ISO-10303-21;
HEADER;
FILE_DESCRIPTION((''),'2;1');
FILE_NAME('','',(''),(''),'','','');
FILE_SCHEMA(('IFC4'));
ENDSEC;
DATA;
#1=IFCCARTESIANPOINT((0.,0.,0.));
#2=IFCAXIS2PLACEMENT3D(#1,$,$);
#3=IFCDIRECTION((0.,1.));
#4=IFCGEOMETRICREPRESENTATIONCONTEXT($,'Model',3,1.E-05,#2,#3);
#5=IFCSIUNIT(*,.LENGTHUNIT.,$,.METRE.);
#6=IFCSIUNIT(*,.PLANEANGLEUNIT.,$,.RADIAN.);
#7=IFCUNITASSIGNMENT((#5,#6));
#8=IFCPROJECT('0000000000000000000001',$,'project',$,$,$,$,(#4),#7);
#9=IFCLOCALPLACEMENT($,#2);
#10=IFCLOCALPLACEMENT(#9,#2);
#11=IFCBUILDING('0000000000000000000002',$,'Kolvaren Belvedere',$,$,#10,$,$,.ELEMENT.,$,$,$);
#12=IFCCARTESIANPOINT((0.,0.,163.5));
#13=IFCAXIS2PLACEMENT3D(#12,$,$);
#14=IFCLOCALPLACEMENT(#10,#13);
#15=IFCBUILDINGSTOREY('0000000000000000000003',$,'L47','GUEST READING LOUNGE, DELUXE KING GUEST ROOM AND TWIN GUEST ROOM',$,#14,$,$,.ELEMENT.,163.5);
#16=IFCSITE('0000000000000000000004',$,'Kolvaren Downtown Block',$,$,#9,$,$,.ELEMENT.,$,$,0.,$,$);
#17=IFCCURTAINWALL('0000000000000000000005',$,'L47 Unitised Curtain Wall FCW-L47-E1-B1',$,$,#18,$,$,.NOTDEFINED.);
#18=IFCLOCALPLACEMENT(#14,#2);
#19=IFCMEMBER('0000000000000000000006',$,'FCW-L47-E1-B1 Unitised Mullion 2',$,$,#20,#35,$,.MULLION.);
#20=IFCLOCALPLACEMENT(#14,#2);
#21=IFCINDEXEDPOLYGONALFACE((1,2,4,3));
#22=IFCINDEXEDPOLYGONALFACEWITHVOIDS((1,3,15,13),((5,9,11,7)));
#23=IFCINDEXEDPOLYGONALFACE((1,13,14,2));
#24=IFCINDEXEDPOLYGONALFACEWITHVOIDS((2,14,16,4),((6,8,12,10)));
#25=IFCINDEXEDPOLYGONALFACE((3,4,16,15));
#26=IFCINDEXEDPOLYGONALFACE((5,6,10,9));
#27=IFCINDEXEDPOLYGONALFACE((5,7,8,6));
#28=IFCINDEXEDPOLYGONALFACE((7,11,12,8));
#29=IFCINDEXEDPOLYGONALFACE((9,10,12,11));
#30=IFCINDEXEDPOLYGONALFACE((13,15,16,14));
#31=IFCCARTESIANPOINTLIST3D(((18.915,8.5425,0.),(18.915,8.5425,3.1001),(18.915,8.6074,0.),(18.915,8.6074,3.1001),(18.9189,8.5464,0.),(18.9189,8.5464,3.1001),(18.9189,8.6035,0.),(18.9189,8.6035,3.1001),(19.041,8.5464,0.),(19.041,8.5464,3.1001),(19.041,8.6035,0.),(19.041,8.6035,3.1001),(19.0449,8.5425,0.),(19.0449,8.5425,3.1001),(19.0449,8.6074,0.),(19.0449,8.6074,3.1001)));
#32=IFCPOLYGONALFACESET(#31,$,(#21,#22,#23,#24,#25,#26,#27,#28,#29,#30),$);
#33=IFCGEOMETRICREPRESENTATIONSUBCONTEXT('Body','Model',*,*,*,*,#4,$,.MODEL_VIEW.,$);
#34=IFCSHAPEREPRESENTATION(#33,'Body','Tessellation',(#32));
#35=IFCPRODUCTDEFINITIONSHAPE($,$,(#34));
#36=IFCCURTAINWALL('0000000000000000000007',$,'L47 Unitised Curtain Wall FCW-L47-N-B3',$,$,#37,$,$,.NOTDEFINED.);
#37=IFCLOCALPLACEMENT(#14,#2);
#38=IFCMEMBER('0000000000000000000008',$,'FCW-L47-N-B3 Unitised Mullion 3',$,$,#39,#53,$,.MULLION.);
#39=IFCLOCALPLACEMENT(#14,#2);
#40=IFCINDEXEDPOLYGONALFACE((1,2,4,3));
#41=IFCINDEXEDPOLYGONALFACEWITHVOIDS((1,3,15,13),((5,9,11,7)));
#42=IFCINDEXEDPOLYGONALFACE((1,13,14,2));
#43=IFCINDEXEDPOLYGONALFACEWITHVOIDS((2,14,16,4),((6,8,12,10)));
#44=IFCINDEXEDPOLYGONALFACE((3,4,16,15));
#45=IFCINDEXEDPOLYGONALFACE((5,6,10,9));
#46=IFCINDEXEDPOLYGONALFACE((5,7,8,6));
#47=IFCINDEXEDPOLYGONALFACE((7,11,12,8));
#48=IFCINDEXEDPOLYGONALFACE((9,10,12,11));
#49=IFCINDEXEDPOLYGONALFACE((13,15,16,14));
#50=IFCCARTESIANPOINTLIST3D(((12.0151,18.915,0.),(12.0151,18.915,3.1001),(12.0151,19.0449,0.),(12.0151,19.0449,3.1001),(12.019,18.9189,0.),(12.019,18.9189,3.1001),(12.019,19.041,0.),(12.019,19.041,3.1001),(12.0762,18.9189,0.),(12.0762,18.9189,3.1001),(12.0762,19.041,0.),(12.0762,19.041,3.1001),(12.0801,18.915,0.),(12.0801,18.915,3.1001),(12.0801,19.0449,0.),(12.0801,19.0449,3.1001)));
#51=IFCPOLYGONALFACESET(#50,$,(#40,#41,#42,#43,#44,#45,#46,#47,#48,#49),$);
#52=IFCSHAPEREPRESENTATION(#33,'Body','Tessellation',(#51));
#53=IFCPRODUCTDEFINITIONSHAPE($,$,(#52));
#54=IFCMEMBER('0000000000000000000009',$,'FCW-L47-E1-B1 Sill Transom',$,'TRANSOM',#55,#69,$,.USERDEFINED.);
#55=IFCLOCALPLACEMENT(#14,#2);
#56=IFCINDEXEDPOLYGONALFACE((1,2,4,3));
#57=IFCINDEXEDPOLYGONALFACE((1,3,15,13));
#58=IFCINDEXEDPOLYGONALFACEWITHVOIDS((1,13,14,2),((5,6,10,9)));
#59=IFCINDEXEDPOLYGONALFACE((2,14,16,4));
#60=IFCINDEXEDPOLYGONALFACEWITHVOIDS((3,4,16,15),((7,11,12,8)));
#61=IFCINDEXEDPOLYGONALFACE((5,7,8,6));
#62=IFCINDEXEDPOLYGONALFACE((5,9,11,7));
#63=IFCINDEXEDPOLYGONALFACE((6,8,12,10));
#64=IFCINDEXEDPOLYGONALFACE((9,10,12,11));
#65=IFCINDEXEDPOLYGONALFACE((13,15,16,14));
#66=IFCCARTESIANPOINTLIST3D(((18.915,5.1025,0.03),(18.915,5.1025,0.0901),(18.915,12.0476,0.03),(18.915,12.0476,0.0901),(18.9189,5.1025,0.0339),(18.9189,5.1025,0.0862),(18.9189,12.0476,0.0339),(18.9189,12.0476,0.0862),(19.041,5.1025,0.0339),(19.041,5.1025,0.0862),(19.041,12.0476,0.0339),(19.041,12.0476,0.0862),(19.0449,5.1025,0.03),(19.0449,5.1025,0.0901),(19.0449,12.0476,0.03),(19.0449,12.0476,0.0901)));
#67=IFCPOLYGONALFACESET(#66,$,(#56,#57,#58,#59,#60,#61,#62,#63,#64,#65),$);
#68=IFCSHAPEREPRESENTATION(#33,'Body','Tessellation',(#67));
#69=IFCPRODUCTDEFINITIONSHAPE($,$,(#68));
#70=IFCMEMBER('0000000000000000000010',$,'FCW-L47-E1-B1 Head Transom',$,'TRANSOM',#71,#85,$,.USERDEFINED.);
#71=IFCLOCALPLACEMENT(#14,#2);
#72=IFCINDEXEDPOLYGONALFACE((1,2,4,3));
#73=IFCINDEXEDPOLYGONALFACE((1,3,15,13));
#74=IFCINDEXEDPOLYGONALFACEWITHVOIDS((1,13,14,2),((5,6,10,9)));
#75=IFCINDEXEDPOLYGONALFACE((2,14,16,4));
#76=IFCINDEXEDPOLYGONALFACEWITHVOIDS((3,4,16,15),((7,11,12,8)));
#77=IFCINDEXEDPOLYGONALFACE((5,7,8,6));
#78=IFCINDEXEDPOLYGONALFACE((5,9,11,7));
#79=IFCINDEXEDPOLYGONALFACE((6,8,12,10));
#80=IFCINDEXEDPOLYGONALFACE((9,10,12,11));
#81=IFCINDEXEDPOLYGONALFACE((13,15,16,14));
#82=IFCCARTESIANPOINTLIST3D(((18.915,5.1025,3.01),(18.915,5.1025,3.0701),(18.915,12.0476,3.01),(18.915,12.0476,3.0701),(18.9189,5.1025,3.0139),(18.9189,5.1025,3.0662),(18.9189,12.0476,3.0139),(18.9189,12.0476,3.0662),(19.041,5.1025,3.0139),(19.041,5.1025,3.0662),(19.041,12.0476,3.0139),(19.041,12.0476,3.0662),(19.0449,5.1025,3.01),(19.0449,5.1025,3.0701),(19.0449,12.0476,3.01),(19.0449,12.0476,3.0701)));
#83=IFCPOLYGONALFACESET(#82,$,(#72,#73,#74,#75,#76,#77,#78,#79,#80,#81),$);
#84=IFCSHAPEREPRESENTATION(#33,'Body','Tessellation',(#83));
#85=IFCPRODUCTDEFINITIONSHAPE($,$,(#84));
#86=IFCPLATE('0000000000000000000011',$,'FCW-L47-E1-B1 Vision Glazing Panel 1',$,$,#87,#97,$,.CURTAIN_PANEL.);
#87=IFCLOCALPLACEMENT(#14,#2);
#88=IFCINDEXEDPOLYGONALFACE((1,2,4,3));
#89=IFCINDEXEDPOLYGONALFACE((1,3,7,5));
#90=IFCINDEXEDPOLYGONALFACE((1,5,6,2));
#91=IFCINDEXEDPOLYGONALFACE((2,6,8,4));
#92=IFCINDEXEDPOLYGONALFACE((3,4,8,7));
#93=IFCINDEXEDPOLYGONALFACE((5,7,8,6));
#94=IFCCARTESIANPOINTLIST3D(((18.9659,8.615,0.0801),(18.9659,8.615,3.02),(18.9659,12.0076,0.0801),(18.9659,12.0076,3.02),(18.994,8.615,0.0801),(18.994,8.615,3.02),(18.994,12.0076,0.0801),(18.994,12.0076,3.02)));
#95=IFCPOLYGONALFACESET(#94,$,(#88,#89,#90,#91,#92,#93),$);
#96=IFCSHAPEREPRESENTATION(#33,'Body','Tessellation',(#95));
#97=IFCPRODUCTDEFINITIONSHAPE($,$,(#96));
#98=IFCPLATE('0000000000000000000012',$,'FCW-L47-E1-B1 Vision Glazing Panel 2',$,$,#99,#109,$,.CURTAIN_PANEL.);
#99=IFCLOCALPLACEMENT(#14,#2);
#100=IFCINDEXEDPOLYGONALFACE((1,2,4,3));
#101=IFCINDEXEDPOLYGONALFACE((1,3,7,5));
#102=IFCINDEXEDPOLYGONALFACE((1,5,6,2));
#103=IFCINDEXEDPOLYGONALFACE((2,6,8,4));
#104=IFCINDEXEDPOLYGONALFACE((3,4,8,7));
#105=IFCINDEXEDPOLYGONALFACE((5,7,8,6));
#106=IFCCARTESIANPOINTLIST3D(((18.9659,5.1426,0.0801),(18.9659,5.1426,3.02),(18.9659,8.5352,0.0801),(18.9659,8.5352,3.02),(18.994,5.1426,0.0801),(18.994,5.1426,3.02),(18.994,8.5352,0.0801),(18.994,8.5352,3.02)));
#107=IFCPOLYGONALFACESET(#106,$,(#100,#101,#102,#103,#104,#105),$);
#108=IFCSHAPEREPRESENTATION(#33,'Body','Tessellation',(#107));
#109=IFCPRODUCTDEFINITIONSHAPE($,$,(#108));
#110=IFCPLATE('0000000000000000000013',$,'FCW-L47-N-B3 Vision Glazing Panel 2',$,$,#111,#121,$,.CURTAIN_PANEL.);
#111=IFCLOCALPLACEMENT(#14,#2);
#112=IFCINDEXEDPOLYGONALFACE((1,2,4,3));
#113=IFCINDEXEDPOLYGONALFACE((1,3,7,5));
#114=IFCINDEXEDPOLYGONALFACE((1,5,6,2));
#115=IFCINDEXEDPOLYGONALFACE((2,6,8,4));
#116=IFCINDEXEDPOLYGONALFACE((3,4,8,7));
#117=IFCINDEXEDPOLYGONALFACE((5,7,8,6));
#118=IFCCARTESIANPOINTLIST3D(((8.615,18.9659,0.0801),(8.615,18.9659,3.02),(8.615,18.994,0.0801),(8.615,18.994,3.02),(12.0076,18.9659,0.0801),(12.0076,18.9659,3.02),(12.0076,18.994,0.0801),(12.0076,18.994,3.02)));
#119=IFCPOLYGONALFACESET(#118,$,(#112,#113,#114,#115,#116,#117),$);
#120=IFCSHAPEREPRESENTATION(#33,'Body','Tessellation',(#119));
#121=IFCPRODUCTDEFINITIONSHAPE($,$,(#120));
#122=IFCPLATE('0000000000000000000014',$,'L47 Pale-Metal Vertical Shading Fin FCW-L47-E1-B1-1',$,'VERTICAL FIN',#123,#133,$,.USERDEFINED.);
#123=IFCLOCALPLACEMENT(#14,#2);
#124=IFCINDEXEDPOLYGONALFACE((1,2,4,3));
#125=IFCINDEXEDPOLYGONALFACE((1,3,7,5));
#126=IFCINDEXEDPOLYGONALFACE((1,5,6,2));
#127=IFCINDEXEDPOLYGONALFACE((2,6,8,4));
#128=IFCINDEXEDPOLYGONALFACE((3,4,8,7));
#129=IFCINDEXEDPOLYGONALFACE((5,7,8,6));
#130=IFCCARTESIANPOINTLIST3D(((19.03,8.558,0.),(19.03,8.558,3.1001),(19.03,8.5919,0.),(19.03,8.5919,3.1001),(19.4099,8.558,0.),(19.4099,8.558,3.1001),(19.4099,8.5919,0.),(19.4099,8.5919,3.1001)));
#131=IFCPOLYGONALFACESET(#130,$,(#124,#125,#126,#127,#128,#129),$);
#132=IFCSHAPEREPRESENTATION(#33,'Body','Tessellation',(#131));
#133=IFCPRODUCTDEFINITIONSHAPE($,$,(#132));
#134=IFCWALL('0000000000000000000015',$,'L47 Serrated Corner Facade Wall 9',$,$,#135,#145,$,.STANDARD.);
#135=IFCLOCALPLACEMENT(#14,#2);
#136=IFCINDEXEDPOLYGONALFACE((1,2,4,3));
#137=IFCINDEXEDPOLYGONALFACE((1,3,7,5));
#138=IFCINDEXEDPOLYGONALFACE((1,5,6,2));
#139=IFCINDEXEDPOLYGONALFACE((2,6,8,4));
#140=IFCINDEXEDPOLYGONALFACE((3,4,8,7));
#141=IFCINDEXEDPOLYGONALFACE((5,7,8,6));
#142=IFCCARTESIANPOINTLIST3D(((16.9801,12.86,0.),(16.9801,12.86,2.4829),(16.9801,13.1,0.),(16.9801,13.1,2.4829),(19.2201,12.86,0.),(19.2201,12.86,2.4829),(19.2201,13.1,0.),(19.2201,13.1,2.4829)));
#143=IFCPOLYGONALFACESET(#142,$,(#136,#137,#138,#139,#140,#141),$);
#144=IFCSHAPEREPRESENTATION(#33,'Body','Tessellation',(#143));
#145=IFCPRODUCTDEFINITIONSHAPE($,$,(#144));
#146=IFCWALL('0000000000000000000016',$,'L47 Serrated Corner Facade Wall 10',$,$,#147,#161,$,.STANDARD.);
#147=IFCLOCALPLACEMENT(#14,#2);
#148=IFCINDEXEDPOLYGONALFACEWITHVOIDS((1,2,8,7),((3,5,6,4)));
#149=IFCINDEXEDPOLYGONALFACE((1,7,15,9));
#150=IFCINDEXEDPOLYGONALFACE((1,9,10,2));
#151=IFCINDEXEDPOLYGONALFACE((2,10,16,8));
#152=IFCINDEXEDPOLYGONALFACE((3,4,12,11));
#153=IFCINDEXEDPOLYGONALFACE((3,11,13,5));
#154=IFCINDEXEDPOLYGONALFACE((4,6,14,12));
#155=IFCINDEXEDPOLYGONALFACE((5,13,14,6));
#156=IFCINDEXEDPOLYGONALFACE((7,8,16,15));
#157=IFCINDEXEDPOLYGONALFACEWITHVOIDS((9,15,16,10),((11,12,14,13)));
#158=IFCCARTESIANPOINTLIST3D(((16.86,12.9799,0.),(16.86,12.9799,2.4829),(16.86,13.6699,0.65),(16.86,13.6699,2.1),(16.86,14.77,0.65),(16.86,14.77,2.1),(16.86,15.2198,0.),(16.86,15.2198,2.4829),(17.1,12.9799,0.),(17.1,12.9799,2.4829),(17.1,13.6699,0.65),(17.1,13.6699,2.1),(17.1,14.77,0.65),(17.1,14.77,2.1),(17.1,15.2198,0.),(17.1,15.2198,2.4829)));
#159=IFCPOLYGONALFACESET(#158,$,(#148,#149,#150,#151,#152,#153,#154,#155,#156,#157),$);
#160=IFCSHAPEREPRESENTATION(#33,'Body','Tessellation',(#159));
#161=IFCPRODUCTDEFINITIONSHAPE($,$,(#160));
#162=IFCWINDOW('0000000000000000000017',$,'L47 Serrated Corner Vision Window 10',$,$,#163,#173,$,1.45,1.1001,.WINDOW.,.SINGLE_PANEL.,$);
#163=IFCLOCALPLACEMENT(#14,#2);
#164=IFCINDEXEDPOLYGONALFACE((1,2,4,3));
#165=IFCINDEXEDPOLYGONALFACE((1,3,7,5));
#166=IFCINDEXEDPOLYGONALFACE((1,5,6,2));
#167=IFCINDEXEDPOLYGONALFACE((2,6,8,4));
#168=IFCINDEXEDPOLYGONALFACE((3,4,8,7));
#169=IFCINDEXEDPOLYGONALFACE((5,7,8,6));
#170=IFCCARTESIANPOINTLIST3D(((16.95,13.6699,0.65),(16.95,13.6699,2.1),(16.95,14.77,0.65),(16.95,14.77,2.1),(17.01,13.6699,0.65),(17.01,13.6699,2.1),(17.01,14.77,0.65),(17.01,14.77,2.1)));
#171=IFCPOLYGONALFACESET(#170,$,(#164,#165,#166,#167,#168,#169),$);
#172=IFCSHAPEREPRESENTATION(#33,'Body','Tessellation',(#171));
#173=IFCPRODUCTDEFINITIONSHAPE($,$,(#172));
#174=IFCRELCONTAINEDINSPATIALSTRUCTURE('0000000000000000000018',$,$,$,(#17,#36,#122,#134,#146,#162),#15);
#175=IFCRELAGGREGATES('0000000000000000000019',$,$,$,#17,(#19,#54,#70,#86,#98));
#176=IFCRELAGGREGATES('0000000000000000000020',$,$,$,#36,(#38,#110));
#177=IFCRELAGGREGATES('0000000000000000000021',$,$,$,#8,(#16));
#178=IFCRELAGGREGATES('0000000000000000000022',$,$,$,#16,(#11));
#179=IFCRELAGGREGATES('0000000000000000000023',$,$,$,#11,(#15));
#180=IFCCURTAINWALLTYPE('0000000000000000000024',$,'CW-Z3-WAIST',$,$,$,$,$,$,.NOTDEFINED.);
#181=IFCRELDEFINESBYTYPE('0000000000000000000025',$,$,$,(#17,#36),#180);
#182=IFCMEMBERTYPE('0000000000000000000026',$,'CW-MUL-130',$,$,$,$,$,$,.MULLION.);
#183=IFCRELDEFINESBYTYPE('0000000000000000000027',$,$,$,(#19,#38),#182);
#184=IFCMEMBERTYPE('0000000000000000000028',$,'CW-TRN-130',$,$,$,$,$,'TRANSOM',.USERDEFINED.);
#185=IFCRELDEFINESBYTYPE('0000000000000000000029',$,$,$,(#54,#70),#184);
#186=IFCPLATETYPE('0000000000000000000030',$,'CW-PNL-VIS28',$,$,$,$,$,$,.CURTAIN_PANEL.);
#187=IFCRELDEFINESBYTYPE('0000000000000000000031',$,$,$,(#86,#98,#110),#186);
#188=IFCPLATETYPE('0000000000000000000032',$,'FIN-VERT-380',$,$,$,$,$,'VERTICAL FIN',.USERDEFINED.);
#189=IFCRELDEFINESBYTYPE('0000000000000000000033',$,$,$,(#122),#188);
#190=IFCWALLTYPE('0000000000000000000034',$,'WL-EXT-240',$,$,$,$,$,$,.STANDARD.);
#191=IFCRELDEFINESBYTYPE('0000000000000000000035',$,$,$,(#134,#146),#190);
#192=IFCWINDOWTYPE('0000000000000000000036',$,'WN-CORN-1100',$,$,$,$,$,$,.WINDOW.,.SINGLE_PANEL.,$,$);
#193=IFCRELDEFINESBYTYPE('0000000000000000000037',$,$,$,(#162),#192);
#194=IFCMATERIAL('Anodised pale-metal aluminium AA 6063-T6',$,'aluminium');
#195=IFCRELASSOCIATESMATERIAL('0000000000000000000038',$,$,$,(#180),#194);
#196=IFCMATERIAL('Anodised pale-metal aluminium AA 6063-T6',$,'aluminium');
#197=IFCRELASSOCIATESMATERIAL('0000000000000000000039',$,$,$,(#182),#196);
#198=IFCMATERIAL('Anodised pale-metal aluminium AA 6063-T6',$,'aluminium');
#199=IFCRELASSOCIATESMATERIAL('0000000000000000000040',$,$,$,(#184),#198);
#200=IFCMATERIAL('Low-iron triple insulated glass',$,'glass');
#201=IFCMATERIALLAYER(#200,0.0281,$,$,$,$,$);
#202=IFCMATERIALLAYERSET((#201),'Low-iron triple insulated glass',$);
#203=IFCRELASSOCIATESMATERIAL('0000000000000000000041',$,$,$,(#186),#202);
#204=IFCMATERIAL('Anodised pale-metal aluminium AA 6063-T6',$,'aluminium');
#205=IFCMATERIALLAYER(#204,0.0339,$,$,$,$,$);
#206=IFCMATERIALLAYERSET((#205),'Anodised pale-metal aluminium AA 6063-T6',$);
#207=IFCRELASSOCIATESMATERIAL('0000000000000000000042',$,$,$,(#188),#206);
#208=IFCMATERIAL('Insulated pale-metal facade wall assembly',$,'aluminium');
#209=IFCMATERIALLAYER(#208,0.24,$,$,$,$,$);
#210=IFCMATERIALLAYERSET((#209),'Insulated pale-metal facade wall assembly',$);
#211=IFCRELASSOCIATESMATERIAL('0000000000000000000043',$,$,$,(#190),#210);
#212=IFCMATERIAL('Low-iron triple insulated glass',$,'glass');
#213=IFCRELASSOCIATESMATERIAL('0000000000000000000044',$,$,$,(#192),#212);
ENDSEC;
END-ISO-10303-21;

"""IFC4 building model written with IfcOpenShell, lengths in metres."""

from ifc_helpers import new_model, si_unit, direction, frame, frame_2d, origin, origin_2d, place, context, subcontext, project, spatial, rectangle, hollow_rectangle, extrude, material, layer, layer_set, material_profile, profile_set, type_object, element, fill, aggregate, save


model = new_model("IFC4")

# Units and contexts
model_context = context("Model", 3, precision=1e-05, world=origin(), true_north=direction((0.0, 1.0)))
body_context = subcontext(model_context, "Body", "Model", "MODEL_VIEW")
ifc_project = project(units=[si_unit("LENGTHUNIT", "METRE"), si_unit("PLANEANGLEUNIT", "RADIAN")], contexts=[model_context])

# Site, building, storey
site_placement = place(None, origin())
site = spatial("IfcSite", under=ifc_project, at=site_placement, Name="Kolvaren Downtown Block", CompositionType="ELEMENT", RefElevation=0.0)
building_placement = place(site_placement, origin())
building = spatial("IfcBuilding", under=site, at=building_placement, Name="Kolvaren Belvedere", CompositionType="ELEMENT")
storey_placement = place(building_placement, frame((0.0, 0.0, 163.5)))
storey = spatial("IfcBuildingStorey", under=building, at=storey_placement, Name="L47", Description="GUEST READING LOUNGE, DELUXE KING GUEST ROOM AND TWIN GUEST ROOM", CompositionType="ELEMENT", Elevation=163.5)

# Curtain wall, member
ifc_material_1 = material(Name="Anodised pale-metal aluminium AA 6063-T6", Category="aluminium")
curtain_wall_type = type_object("IfcCurtainWallType", Name="CW-Z3-WAIST", PredefinedType="NOTDEFINED", material=ifc_material_1)
curtain_wall_1_placement = place(storey_placement, origin())
curtain_wall_1 = element("IfcCurtainWall", 1, at=curtain_wall_1_placement, inside=storey, type_object=curtain_wall_type, Name="L47 Unitised Curtain Wall FCW-L47-E1-B1", PredefinedType="NOTDEFINED")
ifc_material_2 = material(Name="Anodised pale-metal aluminium AA 6063-T6", Category="aluminium")
ifc_material_profile_1 = material_profile(ifc_material_2, hollow_rectangle(XDim=0.0649, YDim=0.1299, WallThickness=0.0039, at=origin_2d()), Name="ALU-MUL-130X65")
ifc_profile_set_1 = profile_set([ifc_material_profile_1], Name="Anodised pale-metal aluminium AA 6063-T6")
member_type_1 = type_object("IfcMemberType", Name="CW-MUL-130", PredefinedType="MULLION", material=ifc_profile_set_1)
member_1_placement = place(storey_placement, frame((18.98, 8.575, 0.0), z_axis=(0.0, 0.0, 1.0), x_axis=(0.0, 1.0, 0.0)))
member_1 = element("IfcMember", 2, at=member_1_placement, type_object=member_type_1, Name="FCW-L47-E1-B1 Unitised Mullion 2", PredefinedType="MULLION", context=body_context, shape_type="SweptSolid", body=[
    extrude(hollow_rectangle(XDim=0.0649, YDim=0.1299, WallThickness=0.0039, at=origin_2d()), origin(), (0.0, 0.0, 1.0), 3.1001),
])

# Curtain wall, member
curtain_wall_2_placement = place(storey_placement, origin())
curtain_wall_2 = element("IfcCurtainWall", 3, at=curtain_wall_2_placement, inside=storey, type_object=curtain_wall_type, Name="L47 Unitised Curtain Wall FCW-L47-N-B3", PredefinedType="NOTDEFINED")
member_2_placement = place(storey_placement, frame((12.0476, 18.98, 0.0), z_axis=(0.0, 0.0, 1.0), x_axis=(1.0, 0.0, 0.0)))
member_2 = element("IfcMember", 4, at=member_2_placement, type_object=member_type_1, Name="FCW-L47-N-B3 Unitised Mullion 3", PredefinedType="MULLION", context=body_context, shape_type="SweptSolid", body=[
    extrude(hollow_rectangle(XDim=0.0649, YDim=0.1299, WallThickness=0.0039, at=origin_2d()), origin(), (0.0, 0.0, 1.0), 3.1001),
])

# Members
ifc_material_3 = material(Name="Anodised pale-metal aluminium AA 6063-T6", Category="aluminium")
ifc_material_profile_2 = material_profile(ifc_material_3, hollow_rectangle(XDim=0.0601, YDim=0.1299, WallThickness=0.0039, at=origin_2d()), Name="ALU-TRN-130X60")
ifc_profile_set_2 = profile_set([ifc_material_profile_2], Name="Anodised pale-metal aluminium AA 6063-T6")
member_type_2 = type_object("IfcMemberType", Name="CW-TRN-130", ElementType="TRANSOM", PredefinedType="USERDEFINED", material=ifc_profile_set_2)
member_3_placement = place(storey_placement, frame((18.98, 12.0476, 0.0601), z_axis=(0.0, -1.0, 0.0), x_axis=(0.0, 0.0, 1.0)))
member_3 = element("IfcMember", 5, at=member_3_placement, type_object=member_type_2, Name="FCW-L47-E1-B1 Sill Transom", ObjectType="TRANSOM", PredefinedType="USERDEFINED", context=body_context, shape_type="SweptSolid", body=[
    extrude(hollow_rectangle(XDim=0.0601, YDim=0.1299, WallThickness=0.0039, at=origin_2d()), origin(), (0.0, 0.0, 1.0), 6.9451),
])
member_4_placement = place(storey_placement, frame((18.98, 12.0476, 3.04), z_axis=(0.0, -1.0, 0.0), x_axis=(0.0, 0.0, 1.0)))
member_4 = element("IfcMember", 6, at=member_4_placement, type_object=member_type_2, Name="FCW-L47-E1-B1 Head Transom", ObjectType="TRANSOM", PredefinedType="USERDEFINED", context=body_context, shape_type="SweptSolid", body=[
    extrude(hollow_rectangle(XDim=0.0601, YDim=0.1299, WallThickness=0.0039, at=origin_2d()), origin(), (0.0, 0.0, 1.0), 6.9451),
])

# Plates
ifc_material_4 = material(Name="Low-iron triple insulated glass", Category="glass")
ifc_layer_1 = layer(ifc_material_4, 0.0281)
ifc_layer_set_1 = layer_set([ifc_layer_1], Name="Low-iron triple insulated glass")
plate_type_1 = type_object("IfcPlateType", Name="CW-PNL-VIS28", PredefinedType="CURTAIN_PANEL", material=ifc_layer_set_1)
plate_1_placement = place(storey_placement, frame((18.98, 10.3113, 0.0801), z_axis=(0.0, 0.0, 1.0), x_axis=(0.0, -1.0, 0.0)))
plate_1 = element("IfcPlate", 7, at=plate_1_placement, type_object=plate_type_1, Name="FCW-L47-E1-B1 Vision Glazing Panel 1", PredefinedType="CURTAIN_PANEL", context=body_context, shape_type="SweptSolid", body=[
    extrude(rectangle(XDim=3.3926, YDim=0.0281, at=origin_2d()), origin(), (0.0, 0.0, 1.0), 2.9399),
])
plate_2_placement = place(storey_placement, frame((18.98, 6.8389, 0.0801), z_axis=(0.0, 0.0, 1.0), x_axis=(0.0, -1.0, 0.0)))
plate_2 = element("IfcPlate", 8, at=plate_2_placement, type_object=plate_type_1, Name="FCW-L47-E1-B1 Vision Glazing Panel 2", PredefinedType="CURTAIN_PANEL", context=body_context, shape_type="SweptSolid", body=[
    extrude(rectangle(XDim=3.3926, YDim=0.0281, at=origin_2d()), origin(), (0.0, 0.0, 1.0), 2.9399),
])
aggregate(curtain_wall_1, [member_1, member_3, member_4, plate_1, plate_2])
plate_3_placement = place(storey_placement, frame((10.3113, 18.98, 0.0801), z_axis=(0.0, 0.0, 1.0), x_axis=(1.0, 0.0, 0.0)))
plate_3 = element("IfcPlate", 9, at=plate_3_placement, type_object=plate_type_1, Name="FCW-L47-N-B3 Vision Glazing Panel 2", PredefinedType="CURTAIN_PANEL", context=body_context, shape_type="SweptSolid", body=[
    extrude(rectangle(XDim=3.3926, YDim=0.0281, at=origin_2d()), origin(), (0.0, 0.0, 1.0), 2.9399),
])
aggregate(curtain_wall_2, [member_2, plate_3])
ifc_material_5 = material(Name="Anodised pale-metal aluminium AA 6063-T6", Category="aluminium")
ifc_layer_2 = layer(ifc_material_5, 0.0339)
ifc_layer_set_2 = layer_set([ifc_layer_2], Name="Anodised pale-metal aluminium AA 6063-T6")
plate_type_2 = type_object("IfcPlateType", Name="FIN-VERT-380", ElementType="VERTICAL FIN", PredefinedType="USERDEFINED", material=ifc_layer_set_2)
plate_4_placement = place(storey_placement, frame((19.22, 8.575, 0.0), z_axis=(0.0, 0.0, 1.0), x_axis=(1.0, 0.0, 0.0)))
element("IfcPlate", 10, at=plate_4_placement, inside=storey, type_object=plate_type_2, Name="L47 Pale-Metal Vertical Shading Fin FCW-L47-E1-B1-1", ObjectType="VERTICAL FIN", PredefinedType="USERDEFINED", context=body_context, shape_type="SweptSolid", body=[
    extrude(rectangle(XDim=0.3799, YDim=0.0339, at=origin_2d()), origin(), (0.0, 0.0, 1.0), 3.1001),
])

# Wall
ifc_material_6 = material(Name="Insulated pale-metal facade wall assembly", Category="aluminium")
ifc_layer_3 = layer(ifc_material_6, 0.24)
ifc_layer_set_3 = layer_set([ifc_layer_3], Name="Insulated pale-metal facade wall assembly")
wall_type_1 = type_object("IfcWallType", Name="WL-EXT-240", PredefinedType="STANDARD", material=ifc_layer_set_3)
wall_1_placement = place(storey_placement, frame((16.98, 12.98, 0.0), z_axis=(0.0, 0.0, 1.0), x_axis=(1.0, 0.0, 0.0)))
element("IfcWall", 11, at=wall_1_placement, inside=storey, type_object=wall_type_1, Name="L47 Serrated Corner Facade Wall 9", PredefinedType="STANDARD", context=body_context, shape_type="SweptSolid", body=[
    extrude(rectangle(XDim=2.24, YDim=0.24, at=frame_2d((1.1201, 0.0))), origin(), (0.0, 0.0, 1.0), 2.4829),
])

# Wall, opening, window
wall_2_placement = place(storey_placement, frame((16.98, 15.22, 0.0), z_axis=(0.0, 0.0, 1.0), x_axis=(0.0, -1.0, 0.0)))
wall_2 = element("IfcWall", 12, at=wall_2_placement, inside=storey, type_object=wall_type_1, Name="L47 Serrated Corner Facade Wall 10", PredefinedType="STANDARD", context=body_context, shape_type="SweptSolid", body=[
    extrude(rectangle(XDim=2.24, YDim=0.24, at=frame_2d((1.1201, 0.0))), origin(), (0.0, 0.0, 1.0), 2.4829),
])
opening_1_placement = place(wall_2_placement, frame((0.45, 0.0, 0.6499)))
opening_1 = element("IfcOpeningElement", 13, at=opening_1_placement, cuts=wall_2, PredefinedType="OPENING", context=body_context, shape_type="SweptSolid", body=[
    extrude(rectangle(XDim=1.1001, YDim=1.45, at=frame_2d((0.55, 0.7251))), frame((0.0, 0.1299, 0.0), z_axis=(0.0, -1.0, 0.0), x_axis=(1.0, 0.0, 0.0)), (0.0, 0.0, 1.0), 0.26),
])
ifc_material_7 = material(Name="Low-iron triple insulated glass", Category="glass")
window_type = type_object("IfcWindowType", Name="WN-CORN-1100", PartitioningType="SINGLE_PANEL", PredefinedType="WINDOW", material=ifc_material_7)
window_1_placement = place(opening_1_placement, origin())
window_1 = element("IfcWindow", 14, at=window_1_placement, inside=storey, type_object=window_type, Name="L47 Serrated Corner Vision Window 10", OverallHeight=1.45, OverallWidth=1.1001, PartitioningType="SINGLE_PANEL", PredefinedType="WINDOW", context=body_context, shape_type="SweptSolid", body=[
    extrude(rectangle(XDim=1.1001, YDim=1.45, at=frame_2d((0.55, 0.7251))), frame((0.0, 0.03, 0.0), z_axis=(0.0, -1.0, 0.0), x_axis=(1.0, 0.0, 0.0)), (0.0, 0.0, 1.0), 0.0601),
])
fill(opening_1, window_1)

save(model, "model.ifc")
